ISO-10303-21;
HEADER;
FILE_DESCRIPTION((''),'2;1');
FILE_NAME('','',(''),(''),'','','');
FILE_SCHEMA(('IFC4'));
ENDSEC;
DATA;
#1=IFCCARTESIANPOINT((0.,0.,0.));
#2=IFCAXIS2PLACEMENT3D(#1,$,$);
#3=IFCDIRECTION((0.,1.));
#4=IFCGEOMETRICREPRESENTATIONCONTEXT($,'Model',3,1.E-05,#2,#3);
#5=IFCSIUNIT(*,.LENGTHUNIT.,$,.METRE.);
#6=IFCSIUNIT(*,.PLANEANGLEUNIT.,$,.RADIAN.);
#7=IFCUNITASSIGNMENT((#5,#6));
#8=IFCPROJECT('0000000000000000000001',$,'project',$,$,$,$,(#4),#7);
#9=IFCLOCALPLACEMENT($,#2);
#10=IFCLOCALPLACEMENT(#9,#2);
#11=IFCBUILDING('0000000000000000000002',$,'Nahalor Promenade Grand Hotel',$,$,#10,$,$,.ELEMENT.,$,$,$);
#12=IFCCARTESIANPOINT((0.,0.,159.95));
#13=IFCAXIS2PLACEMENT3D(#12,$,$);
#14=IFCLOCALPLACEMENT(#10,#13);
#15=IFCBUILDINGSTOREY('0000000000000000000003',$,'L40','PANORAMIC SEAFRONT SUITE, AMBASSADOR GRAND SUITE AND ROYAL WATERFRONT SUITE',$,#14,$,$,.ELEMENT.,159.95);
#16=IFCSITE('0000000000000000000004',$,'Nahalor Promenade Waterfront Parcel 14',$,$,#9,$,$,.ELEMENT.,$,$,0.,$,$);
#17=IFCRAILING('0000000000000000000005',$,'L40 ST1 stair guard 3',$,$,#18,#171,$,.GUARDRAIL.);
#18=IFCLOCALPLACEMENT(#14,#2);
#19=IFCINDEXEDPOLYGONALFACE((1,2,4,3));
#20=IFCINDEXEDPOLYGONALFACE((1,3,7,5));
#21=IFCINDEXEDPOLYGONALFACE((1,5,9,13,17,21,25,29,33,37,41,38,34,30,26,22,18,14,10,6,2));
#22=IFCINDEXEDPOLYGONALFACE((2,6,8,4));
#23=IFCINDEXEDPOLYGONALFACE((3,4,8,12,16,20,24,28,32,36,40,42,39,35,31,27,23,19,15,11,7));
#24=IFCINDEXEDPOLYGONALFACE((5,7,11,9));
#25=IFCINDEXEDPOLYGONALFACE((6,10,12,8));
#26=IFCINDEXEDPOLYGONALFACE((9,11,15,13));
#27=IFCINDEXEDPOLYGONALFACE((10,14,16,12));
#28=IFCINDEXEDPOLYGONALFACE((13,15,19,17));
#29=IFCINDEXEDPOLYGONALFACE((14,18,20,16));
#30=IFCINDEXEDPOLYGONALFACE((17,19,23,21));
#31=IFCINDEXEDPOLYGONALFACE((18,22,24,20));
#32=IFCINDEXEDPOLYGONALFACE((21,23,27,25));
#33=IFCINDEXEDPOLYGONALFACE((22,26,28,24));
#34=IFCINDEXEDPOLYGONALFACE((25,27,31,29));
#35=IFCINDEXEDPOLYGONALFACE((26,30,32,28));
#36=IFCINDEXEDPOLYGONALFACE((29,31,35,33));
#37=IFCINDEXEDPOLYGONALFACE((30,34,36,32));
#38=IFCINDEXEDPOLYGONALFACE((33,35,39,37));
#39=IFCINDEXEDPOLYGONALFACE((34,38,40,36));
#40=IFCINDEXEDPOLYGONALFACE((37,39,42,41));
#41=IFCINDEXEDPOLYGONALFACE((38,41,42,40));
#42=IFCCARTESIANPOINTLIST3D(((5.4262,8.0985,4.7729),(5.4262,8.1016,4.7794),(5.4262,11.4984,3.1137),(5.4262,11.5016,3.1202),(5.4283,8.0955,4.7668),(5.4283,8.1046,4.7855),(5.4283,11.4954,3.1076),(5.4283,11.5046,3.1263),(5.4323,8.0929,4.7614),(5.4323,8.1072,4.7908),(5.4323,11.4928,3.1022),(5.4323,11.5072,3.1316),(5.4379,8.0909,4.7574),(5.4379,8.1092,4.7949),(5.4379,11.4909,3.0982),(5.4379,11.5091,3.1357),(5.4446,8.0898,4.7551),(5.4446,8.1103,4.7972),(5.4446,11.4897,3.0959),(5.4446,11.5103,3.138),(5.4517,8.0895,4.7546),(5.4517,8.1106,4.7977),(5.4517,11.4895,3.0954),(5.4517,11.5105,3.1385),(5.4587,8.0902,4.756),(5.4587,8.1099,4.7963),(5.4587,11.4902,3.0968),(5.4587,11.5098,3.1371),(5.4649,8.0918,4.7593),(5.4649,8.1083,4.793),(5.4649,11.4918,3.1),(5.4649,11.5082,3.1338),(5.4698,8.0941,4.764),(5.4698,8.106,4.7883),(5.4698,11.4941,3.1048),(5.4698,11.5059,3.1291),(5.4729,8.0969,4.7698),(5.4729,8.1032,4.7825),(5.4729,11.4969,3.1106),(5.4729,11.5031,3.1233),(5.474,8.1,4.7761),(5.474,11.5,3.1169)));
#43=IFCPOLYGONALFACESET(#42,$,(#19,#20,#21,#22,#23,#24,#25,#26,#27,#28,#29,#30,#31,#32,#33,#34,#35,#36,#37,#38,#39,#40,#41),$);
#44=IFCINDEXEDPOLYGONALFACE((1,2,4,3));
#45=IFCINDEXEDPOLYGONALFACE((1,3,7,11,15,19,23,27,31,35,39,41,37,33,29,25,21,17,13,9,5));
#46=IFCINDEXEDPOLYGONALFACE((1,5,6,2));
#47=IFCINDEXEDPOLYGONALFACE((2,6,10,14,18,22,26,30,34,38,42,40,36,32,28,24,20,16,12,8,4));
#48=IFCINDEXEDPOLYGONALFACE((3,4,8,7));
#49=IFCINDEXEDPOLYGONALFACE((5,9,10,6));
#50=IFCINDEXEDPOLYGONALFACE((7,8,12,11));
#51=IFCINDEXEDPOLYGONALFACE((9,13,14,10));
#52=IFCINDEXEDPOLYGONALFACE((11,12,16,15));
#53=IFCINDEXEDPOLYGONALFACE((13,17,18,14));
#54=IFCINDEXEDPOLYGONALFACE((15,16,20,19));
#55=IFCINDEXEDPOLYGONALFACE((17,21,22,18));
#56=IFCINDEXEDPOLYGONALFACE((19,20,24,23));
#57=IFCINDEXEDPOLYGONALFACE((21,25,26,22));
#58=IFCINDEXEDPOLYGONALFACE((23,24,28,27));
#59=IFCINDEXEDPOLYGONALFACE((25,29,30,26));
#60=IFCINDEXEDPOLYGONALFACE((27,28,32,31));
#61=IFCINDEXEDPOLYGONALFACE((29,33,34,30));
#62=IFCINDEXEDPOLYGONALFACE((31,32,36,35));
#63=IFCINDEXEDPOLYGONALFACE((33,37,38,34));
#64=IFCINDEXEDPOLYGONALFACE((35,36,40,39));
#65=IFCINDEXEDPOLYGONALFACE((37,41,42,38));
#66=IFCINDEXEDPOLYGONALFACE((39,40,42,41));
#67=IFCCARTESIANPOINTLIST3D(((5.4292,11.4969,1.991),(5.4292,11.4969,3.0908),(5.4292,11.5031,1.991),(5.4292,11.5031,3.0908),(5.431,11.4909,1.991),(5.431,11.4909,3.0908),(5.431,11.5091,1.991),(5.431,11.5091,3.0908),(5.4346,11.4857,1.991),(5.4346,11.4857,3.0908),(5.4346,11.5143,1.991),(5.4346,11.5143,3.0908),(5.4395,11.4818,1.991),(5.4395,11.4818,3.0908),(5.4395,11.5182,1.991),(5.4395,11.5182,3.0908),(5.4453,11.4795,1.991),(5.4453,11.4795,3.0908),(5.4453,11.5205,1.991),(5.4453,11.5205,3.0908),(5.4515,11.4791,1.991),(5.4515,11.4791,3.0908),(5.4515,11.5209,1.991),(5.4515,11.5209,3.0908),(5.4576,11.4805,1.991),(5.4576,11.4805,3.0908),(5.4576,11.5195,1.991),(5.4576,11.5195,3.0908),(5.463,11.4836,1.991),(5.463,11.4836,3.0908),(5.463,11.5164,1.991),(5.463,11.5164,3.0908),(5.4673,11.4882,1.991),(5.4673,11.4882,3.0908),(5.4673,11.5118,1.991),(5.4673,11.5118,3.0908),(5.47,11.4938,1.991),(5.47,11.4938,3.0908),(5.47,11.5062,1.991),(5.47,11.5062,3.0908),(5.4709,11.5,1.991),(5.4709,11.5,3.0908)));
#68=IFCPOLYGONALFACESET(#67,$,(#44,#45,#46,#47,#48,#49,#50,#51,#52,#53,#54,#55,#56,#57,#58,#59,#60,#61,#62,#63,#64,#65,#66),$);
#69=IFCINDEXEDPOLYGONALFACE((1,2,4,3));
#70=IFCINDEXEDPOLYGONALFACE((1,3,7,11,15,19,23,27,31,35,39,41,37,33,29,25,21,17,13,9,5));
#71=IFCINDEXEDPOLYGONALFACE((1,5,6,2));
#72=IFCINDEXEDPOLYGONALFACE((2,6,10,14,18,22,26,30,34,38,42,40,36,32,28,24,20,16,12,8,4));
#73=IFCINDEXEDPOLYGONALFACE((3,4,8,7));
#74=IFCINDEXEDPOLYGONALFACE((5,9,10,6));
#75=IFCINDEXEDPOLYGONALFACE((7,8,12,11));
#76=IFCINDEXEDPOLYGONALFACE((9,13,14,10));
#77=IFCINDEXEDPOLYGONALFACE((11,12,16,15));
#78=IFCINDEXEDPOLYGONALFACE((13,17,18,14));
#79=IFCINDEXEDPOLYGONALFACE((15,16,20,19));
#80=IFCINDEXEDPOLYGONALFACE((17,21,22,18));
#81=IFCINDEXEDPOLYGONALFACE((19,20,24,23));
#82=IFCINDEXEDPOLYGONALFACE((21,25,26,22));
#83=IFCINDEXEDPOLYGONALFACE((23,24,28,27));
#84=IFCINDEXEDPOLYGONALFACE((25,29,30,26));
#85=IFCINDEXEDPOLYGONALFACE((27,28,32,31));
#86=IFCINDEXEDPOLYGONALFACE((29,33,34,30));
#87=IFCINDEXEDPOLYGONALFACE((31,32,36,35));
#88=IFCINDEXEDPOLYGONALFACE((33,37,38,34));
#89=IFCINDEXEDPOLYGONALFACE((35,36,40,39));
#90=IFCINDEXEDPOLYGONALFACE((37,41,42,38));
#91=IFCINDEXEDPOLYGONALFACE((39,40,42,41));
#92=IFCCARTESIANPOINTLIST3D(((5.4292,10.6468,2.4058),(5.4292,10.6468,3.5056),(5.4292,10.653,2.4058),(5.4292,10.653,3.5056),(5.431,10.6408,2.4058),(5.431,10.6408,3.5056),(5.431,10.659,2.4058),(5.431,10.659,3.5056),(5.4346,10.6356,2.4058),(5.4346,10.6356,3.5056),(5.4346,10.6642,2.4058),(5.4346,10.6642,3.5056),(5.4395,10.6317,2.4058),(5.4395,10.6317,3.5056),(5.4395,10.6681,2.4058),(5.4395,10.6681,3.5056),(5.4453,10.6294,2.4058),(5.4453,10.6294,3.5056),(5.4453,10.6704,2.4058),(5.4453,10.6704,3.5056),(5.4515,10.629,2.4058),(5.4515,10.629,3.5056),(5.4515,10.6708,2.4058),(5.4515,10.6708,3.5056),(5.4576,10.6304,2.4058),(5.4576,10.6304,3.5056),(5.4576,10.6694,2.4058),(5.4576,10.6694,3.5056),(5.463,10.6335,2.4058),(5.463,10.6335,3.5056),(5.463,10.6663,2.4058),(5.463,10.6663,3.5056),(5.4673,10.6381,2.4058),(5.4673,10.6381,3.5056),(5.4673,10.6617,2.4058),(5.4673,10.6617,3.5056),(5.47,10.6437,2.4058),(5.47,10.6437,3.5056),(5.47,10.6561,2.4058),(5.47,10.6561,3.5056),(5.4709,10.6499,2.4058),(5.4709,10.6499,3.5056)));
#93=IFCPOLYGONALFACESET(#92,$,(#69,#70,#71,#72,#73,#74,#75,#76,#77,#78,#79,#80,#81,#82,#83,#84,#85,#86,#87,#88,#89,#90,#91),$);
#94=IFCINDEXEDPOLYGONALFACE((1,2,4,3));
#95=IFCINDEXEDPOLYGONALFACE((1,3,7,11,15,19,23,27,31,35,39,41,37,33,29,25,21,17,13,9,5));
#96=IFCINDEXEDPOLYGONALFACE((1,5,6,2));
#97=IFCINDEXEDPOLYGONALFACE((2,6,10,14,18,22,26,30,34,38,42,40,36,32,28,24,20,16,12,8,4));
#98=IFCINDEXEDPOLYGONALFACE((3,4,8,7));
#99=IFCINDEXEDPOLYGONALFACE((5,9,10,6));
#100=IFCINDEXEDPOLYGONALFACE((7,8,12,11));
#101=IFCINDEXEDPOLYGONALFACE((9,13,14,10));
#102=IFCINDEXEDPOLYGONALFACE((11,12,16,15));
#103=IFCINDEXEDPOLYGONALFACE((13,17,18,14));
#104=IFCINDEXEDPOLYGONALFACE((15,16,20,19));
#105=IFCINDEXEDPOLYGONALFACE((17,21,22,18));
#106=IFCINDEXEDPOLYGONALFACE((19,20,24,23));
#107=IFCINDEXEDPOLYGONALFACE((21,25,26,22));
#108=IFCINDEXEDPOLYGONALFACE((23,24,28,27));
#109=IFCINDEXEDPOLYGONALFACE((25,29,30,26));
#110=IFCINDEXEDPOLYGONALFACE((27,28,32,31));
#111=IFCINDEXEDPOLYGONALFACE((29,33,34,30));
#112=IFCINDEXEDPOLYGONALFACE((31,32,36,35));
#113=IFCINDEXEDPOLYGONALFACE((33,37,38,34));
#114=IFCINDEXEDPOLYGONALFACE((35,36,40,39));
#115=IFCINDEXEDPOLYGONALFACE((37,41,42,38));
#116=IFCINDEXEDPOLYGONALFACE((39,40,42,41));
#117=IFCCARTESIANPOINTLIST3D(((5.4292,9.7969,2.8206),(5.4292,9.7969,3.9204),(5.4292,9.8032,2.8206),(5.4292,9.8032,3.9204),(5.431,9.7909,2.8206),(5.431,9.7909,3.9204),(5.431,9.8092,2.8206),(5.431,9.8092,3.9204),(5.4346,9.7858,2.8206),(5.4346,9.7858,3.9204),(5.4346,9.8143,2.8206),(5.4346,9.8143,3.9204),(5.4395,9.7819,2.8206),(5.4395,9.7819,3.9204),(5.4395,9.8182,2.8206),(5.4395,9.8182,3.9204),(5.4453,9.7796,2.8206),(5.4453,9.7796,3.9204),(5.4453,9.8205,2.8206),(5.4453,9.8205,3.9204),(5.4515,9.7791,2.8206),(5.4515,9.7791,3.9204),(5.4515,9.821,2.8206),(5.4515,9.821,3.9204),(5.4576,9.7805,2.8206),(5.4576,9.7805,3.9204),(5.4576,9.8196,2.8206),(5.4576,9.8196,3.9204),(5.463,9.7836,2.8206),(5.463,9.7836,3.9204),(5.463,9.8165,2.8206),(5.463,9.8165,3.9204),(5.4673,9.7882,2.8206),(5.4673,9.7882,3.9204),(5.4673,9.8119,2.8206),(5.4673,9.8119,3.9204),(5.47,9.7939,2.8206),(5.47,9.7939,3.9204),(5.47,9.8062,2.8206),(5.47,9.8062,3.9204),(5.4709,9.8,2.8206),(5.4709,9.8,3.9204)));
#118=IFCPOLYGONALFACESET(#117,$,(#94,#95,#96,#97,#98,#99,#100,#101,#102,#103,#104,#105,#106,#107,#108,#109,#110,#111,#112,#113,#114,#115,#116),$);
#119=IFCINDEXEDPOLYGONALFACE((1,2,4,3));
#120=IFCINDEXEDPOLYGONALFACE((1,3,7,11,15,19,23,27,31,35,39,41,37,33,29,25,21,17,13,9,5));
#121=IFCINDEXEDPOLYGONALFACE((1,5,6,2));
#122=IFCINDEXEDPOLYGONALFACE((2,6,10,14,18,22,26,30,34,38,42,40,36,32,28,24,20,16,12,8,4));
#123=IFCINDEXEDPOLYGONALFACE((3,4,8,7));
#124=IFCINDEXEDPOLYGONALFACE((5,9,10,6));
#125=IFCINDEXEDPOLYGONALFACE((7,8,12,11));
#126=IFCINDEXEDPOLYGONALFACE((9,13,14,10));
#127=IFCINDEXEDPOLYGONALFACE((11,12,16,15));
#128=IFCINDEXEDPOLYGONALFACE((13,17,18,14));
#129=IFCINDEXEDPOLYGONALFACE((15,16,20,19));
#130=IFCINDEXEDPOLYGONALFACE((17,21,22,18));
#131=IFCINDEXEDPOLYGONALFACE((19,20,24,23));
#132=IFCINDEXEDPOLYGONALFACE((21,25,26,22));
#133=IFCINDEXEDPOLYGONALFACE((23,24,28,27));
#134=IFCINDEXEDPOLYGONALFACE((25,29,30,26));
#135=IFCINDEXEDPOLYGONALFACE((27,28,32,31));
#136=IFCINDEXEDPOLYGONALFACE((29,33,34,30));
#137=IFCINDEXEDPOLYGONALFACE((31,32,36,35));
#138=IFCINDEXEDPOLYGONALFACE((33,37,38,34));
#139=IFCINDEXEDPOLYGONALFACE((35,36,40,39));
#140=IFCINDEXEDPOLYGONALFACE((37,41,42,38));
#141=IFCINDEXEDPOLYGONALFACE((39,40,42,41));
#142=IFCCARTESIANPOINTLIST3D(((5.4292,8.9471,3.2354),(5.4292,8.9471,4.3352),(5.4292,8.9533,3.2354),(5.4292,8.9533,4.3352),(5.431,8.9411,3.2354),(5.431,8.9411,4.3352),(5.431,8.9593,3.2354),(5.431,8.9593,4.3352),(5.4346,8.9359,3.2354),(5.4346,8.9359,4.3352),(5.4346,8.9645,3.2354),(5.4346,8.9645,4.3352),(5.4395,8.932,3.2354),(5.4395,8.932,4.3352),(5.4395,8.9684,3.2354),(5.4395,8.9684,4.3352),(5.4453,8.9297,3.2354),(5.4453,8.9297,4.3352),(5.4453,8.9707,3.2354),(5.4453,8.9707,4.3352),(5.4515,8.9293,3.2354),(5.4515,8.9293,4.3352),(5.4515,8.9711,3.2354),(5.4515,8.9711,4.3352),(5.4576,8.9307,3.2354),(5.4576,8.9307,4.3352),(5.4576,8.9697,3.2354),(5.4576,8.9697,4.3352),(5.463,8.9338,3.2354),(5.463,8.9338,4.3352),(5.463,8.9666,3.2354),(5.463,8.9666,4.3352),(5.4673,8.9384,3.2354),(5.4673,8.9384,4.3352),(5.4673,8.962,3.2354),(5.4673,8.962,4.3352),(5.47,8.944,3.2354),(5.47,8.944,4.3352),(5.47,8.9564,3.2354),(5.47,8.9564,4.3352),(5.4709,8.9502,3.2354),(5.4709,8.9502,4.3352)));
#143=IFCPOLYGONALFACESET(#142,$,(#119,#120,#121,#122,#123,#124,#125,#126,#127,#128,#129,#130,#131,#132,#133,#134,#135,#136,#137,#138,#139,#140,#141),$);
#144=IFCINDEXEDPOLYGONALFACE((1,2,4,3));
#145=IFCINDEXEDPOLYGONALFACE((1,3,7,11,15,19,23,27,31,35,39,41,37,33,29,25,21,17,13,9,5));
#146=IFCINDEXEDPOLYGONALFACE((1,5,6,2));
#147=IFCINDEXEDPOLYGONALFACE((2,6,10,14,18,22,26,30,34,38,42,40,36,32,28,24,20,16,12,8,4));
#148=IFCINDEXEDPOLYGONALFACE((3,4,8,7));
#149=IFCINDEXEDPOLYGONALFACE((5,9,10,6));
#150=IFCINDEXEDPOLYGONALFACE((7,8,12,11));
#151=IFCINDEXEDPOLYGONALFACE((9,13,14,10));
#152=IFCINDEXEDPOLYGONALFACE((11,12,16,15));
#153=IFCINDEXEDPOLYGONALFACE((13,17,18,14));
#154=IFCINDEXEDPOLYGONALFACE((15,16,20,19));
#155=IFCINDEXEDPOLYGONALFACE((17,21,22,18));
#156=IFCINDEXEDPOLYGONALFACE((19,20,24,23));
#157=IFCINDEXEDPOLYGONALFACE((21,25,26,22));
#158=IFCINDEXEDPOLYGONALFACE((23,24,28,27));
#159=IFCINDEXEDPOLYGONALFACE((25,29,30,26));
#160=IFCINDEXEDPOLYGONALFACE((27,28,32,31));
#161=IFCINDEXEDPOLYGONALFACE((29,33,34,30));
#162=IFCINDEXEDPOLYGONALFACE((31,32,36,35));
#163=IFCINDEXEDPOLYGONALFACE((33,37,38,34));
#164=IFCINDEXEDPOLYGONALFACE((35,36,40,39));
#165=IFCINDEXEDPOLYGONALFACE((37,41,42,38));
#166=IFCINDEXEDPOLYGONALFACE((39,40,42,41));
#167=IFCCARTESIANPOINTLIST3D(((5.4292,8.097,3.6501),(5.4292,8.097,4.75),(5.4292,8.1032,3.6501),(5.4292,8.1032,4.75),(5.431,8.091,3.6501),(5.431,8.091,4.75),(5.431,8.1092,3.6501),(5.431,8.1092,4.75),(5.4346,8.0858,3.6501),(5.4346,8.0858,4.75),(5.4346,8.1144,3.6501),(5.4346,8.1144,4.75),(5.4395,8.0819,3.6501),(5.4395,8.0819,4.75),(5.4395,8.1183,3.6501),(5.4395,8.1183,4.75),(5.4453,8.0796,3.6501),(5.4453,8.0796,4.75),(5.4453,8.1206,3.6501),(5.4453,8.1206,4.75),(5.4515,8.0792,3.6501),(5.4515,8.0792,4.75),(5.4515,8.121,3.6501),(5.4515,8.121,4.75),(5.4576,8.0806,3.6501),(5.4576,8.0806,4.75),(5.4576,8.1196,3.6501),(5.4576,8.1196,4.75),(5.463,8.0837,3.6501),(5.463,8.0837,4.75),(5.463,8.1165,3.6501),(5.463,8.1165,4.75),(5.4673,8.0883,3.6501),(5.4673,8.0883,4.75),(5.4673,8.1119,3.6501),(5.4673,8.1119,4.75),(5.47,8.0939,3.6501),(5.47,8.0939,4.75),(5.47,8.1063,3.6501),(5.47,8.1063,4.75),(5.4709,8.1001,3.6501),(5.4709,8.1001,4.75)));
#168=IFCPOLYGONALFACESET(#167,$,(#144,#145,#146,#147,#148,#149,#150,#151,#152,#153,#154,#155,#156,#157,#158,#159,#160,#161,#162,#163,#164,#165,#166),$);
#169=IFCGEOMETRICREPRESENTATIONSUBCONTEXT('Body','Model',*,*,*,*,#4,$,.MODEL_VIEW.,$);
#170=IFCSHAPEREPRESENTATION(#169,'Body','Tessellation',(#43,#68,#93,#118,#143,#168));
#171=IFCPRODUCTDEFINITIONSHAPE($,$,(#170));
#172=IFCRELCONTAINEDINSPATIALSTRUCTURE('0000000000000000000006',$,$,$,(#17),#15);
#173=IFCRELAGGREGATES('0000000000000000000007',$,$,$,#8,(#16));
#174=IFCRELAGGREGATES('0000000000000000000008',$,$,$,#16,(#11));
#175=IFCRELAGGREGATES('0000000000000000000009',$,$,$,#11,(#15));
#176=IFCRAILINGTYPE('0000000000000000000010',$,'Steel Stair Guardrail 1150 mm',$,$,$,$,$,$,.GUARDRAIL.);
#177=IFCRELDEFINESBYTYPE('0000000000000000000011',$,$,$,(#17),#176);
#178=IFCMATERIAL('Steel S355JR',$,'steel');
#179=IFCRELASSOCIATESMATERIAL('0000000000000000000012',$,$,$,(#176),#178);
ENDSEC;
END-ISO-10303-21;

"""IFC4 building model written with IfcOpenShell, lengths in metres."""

from ifc_helpers import new_model, si_unit, direction, frame, origin, origin_2d, place, context, subcontext, project, spatial, circle, extrude, material, type_object, element, save


model = new_model("IFC4")

# Units and contexts
model_context = context("Model", 3, precision=1e-05, world=origin(), true_north=direction((0.0, 1.0)))
body_context = subcontext(model_context, "Body", "Model", "MODEL_VIEW")
ifc_project = project(units=[si_unit("LENGTHUNIT", "METRE"), si_unit("PLANEANGLEUNIT", "RADIAN")], contexts=[model_context])

# Site, building, storey
site_placement = place(None, origin())
site = spatial("IfcSite", under=ifc_project, at=site_placement, Name="Nahalor Promenade Waterfront Parcel 14", CompositionType="ELEMENT", RefElevation=0.0)
building_placement = place(site_placement, origin())
building = spatial("IfcBuilding", under=site, at=building_placement, Name="Nahalor Promenade Grand Hotel", CompositionType="ELEMENT")
storey_placement = place(building_placement, frame((0.0, 0.0, 159.95)))
storey = spatial("IfcBuildingStorey", under=building, at=storey_placement, Name="L40", Description="PANORAMIC SEAFRONT SUITE, AMBASSADOR GRAND SUITE AND ROYAL WATERFRONT SUITE", CompositionType="ELEMENT", Elevation=159.95)

# Shared definitions
ifc_material_1 = material(Name="Steel S355JR", Category="steel")

# Railing
railing_type_1 = type_object("IfcRailingType", Name="Steel Stair Guardrail 1150 mm", PredefinedType="GUARDRAIL", material=ifc_material_1)
railing_1_placement = place(storey_placement, frame((5.45, 11.5, 1.991)))
element("IfcRailing", 1, at=railing_1_placement, inside=storey, type_object=railing_type_1, Name="L40 ST1 stair guard 3", PredefinedType="GUARDRAIL", context=body_context, shape_type="SweptSolid", body=[
    extrude(circle(Radius=0.024, at=origin_2d()), frame((0.0, 0.0, 1.126), z_axis=(0.0, -0.898696, 0.438571), x_axis=(1.0, 0.0, 0.0)), (0.0, 0.0, 1.0), 3.7832),
    extrude(circle(Radius=0.021, at=origin_2d()), origin(), (0.0, 0.0, 1.0), 1.0999),
    extrude(circle(Radius=0.021, at=origin_2d()), frame((0.0, -0.8501, 0.4148)), (0.0, 0.0, 1.0), 1.0999),
    extrude(circle(Radius=0.021, at=origin_2d()), frame((0.0, -1.7, 0.8296)), (0.0, 0.0, 1.0), 1.0999),
    extrude(circle(Radius=0.021, at=origin_2d()), frame((0.0, -2.5498, 1.2444)), (0.0, 0.0, 1.0), 1.0999),
    extrude(circle(Radius=0.021, at=origin_2d()), frame((0.0, -3.3999, 1.6592)), (0.0, 0.0, 1.0), 1.0999),
])

save(model, "model.ifc")
